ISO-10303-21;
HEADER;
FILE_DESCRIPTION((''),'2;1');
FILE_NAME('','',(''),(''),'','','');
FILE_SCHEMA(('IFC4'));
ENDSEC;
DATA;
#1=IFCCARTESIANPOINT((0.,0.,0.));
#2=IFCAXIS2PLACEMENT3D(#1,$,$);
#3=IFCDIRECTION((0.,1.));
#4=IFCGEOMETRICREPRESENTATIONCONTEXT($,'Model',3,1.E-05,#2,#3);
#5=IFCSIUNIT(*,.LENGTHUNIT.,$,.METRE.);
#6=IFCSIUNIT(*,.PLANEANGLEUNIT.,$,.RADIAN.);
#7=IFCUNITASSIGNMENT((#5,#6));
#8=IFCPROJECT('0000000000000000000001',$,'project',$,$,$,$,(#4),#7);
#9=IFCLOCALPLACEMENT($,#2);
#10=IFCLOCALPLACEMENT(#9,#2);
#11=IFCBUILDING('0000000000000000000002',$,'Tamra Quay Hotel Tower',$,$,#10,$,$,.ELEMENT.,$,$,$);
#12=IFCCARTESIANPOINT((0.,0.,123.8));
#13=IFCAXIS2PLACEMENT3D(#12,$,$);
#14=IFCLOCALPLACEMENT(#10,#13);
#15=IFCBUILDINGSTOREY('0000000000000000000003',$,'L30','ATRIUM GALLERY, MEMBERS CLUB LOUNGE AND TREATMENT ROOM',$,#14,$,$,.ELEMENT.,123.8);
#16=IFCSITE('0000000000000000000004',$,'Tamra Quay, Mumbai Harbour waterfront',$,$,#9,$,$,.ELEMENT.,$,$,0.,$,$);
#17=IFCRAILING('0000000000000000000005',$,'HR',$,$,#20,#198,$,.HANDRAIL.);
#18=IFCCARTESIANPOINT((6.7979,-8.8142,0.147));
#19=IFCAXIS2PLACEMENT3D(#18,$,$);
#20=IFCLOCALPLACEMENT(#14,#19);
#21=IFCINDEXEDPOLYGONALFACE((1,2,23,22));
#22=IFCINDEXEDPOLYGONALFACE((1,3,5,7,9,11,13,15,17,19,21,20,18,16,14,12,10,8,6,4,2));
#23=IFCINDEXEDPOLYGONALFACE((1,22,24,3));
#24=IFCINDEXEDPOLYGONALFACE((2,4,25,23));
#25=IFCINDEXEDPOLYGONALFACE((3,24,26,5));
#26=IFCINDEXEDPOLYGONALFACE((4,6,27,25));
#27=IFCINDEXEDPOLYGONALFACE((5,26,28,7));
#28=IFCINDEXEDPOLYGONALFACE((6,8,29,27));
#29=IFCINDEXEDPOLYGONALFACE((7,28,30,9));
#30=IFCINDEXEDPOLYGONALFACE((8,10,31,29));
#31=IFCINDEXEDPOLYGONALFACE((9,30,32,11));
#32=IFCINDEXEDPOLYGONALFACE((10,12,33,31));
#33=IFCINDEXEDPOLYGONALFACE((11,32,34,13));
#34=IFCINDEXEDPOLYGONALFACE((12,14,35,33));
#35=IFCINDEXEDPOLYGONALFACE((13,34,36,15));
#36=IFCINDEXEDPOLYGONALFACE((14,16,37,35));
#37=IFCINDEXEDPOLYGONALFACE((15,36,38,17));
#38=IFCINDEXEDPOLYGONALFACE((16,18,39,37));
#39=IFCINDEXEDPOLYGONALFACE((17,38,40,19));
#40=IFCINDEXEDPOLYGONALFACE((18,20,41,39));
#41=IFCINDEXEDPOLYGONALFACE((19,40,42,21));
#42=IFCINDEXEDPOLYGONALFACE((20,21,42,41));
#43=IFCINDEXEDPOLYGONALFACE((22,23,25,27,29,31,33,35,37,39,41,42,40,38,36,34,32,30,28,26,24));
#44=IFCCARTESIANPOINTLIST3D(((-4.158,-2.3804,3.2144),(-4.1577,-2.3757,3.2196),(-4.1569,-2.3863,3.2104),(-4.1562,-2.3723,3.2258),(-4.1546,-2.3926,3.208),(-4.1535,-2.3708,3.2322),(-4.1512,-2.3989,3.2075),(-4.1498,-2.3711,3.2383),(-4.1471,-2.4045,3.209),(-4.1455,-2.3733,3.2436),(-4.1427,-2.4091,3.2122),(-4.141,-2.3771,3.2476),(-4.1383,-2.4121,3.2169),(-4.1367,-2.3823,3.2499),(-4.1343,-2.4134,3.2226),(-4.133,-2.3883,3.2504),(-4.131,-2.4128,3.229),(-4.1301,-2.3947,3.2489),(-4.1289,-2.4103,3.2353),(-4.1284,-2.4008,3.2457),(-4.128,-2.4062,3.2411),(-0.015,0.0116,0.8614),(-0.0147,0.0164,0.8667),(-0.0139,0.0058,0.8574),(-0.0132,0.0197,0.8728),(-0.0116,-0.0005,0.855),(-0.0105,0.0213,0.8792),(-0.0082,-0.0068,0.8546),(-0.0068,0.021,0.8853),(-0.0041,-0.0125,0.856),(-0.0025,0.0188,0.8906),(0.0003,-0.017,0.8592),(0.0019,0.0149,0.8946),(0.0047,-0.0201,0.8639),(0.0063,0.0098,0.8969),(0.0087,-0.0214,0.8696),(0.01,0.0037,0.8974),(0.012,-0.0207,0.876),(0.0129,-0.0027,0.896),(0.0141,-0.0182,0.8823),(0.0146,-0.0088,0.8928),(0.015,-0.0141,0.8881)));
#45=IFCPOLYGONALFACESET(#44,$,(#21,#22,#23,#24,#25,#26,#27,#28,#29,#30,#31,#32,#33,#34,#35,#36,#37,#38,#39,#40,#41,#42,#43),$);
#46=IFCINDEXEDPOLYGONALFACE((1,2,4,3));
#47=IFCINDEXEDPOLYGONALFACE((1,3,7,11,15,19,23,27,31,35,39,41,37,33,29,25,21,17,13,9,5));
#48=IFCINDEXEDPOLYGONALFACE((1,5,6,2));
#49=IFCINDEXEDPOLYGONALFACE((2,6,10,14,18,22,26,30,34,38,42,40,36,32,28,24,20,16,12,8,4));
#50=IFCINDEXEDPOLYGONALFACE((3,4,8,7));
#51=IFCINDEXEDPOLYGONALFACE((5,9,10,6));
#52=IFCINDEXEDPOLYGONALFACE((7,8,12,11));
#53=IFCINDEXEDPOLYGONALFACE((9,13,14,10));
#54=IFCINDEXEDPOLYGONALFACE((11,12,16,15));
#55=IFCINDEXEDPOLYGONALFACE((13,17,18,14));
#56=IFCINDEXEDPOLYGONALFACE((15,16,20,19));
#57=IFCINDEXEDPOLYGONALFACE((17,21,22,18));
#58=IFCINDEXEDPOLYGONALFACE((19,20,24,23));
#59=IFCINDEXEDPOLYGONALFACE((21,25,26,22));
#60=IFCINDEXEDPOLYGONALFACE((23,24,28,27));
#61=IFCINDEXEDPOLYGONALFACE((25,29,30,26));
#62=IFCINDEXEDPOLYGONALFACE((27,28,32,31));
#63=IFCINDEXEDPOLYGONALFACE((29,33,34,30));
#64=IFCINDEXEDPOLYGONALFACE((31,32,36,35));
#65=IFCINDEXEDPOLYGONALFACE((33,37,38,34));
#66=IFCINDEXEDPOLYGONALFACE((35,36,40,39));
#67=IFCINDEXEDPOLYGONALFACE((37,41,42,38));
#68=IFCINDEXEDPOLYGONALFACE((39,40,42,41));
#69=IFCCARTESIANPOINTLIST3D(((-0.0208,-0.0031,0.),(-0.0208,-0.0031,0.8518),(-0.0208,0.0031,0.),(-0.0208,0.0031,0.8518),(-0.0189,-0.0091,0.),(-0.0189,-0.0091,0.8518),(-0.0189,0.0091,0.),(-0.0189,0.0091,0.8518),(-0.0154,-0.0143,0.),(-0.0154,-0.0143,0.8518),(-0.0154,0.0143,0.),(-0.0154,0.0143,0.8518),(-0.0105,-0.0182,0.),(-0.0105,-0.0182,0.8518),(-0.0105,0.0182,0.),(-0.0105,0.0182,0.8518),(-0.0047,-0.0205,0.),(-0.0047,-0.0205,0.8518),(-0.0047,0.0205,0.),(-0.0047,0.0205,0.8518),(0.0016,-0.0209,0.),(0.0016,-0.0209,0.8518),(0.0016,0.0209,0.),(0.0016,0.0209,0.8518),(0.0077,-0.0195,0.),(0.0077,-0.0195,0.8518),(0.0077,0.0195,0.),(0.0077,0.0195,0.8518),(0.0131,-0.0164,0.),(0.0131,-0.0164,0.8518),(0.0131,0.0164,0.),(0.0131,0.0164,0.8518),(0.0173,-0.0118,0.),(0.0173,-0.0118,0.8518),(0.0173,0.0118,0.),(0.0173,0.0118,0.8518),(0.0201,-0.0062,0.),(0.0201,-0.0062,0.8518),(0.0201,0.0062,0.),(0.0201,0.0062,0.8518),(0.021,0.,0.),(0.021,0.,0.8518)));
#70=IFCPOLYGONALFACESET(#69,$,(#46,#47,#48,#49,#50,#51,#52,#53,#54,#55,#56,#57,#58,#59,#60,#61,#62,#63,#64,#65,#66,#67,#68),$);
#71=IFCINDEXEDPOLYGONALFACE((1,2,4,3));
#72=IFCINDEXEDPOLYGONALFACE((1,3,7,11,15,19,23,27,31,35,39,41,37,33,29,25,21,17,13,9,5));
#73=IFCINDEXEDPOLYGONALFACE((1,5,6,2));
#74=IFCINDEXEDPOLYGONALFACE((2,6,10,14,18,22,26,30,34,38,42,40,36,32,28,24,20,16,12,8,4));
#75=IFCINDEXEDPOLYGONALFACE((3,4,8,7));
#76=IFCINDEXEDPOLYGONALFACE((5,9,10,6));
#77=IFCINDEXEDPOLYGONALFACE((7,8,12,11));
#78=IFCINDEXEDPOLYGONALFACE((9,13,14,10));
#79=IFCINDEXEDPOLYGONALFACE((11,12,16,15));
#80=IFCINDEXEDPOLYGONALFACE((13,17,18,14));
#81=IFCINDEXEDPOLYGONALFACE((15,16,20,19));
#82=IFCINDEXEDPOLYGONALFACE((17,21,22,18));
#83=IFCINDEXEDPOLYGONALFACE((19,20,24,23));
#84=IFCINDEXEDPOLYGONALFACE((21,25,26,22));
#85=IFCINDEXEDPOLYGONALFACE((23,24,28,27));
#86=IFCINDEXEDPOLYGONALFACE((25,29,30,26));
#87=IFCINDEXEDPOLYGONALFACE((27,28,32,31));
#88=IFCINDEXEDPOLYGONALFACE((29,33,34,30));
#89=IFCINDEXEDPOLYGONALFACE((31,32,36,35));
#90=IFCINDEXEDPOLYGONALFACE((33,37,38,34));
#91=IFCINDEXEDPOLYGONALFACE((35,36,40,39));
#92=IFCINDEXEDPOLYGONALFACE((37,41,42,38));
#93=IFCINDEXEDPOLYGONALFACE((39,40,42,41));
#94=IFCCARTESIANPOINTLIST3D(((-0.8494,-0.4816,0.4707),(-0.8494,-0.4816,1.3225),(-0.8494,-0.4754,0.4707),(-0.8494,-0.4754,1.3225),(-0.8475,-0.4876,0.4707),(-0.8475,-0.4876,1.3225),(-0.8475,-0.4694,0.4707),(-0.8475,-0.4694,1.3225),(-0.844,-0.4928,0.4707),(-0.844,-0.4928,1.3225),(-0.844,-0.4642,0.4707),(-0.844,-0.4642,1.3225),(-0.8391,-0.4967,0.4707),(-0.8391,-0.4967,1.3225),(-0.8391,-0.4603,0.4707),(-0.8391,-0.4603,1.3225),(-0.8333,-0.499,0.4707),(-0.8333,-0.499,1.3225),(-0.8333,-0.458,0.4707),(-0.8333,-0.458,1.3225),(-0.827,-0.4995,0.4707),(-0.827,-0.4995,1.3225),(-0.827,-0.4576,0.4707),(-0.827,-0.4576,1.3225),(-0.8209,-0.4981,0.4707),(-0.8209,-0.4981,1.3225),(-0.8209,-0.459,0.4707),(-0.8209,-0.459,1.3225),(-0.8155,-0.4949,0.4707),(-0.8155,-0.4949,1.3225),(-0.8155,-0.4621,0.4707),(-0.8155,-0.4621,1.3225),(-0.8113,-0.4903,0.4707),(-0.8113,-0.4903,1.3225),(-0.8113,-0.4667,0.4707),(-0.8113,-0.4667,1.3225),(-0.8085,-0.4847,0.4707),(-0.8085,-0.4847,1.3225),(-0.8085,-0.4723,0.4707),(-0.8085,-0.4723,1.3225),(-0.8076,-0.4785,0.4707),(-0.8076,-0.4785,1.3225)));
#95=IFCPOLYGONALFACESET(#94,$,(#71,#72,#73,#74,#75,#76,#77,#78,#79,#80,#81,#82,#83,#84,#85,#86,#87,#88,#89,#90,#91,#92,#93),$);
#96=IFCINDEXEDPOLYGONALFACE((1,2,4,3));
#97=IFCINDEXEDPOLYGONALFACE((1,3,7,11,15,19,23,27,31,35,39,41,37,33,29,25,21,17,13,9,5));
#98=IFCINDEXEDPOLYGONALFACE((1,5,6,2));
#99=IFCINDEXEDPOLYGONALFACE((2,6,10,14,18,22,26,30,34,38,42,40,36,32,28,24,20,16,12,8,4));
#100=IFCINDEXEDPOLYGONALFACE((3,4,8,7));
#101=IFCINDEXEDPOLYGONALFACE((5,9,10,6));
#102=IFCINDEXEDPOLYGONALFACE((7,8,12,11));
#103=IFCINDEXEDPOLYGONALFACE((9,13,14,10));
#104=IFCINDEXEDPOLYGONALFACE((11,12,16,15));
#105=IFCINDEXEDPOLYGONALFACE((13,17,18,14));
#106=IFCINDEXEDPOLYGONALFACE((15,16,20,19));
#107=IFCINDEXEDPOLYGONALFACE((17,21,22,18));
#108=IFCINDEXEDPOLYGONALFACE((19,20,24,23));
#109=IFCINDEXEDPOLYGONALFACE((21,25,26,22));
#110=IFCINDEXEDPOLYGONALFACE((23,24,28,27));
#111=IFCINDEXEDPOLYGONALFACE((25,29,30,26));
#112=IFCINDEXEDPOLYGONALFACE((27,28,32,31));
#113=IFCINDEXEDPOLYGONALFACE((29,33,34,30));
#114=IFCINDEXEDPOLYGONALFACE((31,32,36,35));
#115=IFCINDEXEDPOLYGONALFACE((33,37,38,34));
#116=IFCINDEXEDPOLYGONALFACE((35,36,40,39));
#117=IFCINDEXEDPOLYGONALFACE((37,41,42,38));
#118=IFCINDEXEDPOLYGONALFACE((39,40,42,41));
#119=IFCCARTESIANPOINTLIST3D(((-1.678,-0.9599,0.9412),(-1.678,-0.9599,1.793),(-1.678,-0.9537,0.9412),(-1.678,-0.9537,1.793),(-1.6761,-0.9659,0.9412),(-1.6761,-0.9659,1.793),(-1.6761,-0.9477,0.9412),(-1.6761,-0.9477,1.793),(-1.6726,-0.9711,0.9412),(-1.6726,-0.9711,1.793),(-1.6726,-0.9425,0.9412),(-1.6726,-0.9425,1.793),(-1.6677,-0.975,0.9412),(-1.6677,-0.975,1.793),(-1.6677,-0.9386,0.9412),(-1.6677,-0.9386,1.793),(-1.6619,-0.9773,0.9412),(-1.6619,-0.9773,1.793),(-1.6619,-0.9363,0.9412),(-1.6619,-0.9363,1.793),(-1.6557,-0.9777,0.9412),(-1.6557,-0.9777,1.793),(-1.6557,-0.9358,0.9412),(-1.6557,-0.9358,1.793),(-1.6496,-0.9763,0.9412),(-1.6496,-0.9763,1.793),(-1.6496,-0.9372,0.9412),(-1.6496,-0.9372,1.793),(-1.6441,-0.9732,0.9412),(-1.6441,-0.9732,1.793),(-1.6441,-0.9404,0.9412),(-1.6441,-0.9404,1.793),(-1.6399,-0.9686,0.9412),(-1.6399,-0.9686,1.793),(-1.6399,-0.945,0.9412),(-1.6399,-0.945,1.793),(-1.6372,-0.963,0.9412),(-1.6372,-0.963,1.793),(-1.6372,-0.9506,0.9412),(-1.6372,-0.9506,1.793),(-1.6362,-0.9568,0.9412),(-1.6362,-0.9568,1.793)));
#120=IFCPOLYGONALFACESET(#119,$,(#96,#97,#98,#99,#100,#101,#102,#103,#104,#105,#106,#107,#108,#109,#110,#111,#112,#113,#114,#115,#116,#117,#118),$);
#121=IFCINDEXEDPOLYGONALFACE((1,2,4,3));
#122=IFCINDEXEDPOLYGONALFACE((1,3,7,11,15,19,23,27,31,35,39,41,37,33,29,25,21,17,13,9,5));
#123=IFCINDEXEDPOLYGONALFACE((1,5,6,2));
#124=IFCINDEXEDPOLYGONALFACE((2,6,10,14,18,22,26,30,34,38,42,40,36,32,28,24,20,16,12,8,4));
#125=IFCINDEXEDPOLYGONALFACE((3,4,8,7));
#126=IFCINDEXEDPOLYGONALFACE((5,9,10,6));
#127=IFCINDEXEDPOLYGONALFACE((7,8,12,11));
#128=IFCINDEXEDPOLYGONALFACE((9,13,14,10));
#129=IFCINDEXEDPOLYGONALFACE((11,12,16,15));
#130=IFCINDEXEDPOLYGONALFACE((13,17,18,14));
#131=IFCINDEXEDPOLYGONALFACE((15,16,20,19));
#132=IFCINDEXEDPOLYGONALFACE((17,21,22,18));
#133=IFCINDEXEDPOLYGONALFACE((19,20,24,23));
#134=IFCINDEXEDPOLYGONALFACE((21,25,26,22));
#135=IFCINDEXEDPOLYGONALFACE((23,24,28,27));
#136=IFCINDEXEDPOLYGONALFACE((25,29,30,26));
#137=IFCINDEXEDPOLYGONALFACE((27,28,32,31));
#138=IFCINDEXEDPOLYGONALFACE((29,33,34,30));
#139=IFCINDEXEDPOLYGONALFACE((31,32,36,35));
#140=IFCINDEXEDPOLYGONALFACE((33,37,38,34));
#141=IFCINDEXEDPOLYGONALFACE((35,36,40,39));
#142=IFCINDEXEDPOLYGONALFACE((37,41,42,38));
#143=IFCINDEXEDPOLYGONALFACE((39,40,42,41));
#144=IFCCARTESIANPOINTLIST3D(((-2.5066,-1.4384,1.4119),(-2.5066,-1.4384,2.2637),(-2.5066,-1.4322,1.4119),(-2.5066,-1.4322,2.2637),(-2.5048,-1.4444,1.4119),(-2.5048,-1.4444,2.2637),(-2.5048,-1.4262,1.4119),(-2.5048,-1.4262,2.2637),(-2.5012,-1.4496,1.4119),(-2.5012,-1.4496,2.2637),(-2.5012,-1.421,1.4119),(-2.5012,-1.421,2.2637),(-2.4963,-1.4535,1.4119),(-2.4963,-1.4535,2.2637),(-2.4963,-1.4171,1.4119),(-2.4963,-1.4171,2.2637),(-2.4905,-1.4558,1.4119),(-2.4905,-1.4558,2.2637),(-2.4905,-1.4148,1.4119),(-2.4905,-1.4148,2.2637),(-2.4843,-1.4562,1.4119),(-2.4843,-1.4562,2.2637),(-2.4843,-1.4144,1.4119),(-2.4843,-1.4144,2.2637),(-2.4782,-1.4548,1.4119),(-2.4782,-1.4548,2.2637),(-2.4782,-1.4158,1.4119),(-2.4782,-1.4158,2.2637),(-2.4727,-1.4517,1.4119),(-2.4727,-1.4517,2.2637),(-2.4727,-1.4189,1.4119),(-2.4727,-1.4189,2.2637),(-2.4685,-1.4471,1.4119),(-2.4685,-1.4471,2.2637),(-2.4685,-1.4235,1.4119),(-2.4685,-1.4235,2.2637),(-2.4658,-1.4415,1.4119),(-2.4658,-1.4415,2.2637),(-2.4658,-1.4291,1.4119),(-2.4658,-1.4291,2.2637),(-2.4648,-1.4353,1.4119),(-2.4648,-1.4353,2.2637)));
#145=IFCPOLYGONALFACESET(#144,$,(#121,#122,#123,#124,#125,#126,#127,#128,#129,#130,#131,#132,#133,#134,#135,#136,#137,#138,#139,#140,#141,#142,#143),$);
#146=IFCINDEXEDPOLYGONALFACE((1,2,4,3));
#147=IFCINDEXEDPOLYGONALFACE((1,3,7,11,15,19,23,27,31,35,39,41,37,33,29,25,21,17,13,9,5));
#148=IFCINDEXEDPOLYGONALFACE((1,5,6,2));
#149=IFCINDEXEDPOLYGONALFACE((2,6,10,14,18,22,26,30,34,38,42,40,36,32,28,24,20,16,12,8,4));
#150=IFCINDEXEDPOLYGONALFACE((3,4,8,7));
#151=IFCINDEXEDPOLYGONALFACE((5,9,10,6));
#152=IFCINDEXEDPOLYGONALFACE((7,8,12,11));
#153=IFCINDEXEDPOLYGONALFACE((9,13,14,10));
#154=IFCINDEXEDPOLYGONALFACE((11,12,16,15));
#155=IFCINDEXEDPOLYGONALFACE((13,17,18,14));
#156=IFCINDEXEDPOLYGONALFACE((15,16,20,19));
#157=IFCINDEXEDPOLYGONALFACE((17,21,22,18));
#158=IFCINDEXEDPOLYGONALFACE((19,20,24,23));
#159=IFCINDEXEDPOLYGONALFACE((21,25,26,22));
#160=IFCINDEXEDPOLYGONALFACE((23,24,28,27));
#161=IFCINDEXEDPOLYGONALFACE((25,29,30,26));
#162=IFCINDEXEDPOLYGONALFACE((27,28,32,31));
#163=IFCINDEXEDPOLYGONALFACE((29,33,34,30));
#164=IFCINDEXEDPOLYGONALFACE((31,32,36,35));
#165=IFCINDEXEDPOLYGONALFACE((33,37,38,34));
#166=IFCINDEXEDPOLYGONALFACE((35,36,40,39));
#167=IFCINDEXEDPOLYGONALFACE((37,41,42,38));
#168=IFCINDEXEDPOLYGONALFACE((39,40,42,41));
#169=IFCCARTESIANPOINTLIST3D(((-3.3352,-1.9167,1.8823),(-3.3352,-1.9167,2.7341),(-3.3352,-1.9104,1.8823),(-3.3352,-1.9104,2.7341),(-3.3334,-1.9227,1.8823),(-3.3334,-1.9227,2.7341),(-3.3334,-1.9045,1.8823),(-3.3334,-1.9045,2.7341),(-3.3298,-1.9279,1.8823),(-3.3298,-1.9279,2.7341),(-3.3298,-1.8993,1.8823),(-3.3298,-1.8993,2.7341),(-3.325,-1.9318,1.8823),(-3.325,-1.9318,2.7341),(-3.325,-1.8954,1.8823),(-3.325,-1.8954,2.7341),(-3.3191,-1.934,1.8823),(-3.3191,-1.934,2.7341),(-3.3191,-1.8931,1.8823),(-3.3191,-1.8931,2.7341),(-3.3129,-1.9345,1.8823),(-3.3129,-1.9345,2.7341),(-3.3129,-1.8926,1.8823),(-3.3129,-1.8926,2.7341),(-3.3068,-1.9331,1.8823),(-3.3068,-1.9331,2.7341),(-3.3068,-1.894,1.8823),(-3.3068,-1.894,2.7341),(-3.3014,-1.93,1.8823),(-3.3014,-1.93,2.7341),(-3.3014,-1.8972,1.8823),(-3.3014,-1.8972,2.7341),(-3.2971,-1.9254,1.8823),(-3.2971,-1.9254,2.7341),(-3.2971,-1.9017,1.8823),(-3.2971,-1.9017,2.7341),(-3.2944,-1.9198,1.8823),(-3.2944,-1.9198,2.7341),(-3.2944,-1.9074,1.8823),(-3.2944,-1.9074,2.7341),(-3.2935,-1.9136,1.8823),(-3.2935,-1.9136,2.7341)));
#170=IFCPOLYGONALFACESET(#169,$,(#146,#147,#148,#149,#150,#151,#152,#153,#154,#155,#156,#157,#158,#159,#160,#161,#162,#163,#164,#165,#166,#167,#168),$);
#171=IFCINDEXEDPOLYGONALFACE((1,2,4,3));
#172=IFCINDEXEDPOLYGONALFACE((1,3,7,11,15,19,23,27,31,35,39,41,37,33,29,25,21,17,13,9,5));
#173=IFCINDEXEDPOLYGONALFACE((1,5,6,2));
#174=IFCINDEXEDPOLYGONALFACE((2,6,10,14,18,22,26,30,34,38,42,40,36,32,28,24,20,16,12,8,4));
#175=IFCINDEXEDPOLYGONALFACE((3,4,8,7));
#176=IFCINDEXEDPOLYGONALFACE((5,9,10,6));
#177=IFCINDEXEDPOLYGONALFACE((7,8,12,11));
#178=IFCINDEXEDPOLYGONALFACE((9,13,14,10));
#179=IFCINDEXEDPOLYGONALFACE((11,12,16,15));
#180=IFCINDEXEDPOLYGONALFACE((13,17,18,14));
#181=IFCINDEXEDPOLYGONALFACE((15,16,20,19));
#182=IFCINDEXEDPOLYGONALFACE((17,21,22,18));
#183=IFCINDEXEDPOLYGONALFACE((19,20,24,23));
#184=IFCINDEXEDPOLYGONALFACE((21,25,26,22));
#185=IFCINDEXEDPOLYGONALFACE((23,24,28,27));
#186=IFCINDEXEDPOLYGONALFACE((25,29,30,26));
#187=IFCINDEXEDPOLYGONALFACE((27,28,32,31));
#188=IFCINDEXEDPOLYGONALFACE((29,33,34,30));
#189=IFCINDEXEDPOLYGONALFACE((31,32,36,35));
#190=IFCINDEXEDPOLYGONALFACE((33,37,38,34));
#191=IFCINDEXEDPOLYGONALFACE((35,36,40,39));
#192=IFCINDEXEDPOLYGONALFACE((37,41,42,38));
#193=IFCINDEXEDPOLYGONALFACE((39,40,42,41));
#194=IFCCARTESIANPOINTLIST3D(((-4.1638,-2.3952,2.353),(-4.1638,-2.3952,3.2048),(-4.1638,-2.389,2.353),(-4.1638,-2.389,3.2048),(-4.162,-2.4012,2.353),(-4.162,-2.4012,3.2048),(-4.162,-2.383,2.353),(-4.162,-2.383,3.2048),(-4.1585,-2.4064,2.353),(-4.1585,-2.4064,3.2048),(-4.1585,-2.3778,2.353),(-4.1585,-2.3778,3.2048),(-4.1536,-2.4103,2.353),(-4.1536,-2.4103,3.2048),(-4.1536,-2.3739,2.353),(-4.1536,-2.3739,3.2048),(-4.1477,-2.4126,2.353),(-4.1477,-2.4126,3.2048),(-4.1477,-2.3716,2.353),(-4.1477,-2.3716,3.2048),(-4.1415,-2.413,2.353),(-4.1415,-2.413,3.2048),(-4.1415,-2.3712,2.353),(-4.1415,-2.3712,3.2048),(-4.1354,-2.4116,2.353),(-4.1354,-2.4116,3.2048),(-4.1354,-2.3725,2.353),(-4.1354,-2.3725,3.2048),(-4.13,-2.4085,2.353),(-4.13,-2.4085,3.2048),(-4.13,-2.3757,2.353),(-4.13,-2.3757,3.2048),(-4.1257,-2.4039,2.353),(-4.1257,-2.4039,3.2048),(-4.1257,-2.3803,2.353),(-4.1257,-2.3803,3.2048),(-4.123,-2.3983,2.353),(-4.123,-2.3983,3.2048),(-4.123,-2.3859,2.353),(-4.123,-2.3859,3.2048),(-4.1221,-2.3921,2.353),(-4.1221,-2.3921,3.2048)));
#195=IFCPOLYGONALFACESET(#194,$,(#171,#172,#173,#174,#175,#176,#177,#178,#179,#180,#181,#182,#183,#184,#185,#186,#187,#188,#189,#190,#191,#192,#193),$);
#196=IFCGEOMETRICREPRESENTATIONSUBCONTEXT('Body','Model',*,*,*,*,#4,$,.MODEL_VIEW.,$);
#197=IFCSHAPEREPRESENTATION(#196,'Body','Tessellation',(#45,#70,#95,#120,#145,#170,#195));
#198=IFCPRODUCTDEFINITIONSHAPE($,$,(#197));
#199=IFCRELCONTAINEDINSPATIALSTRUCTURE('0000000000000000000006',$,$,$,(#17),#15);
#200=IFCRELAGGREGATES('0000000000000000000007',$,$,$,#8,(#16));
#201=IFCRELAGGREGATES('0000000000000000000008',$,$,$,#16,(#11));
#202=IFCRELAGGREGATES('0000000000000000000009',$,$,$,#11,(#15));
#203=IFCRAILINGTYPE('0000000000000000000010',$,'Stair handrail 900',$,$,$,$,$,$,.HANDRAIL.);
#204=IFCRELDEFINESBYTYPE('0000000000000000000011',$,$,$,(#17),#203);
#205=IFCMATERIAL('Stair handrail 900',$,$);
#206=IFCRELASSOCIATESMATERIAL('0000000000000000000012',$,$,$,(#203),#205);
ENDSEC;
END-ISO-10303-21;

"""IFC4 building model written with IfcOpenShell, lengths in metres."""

from ifc_helpers import new_model, si_unit, direction, frame, origin, origin_2d, place, context, subcontext, project, spatial, circle, extrude, material, type_object, element, save


model = new_model("IFC4")

# Units and contexts
model_context = context("Model", 3, precision=1e-05, world=origin(), true_north=direction((0.0, 1.0)))
body_context = subcontext(model_context, "Body", "Model", "MODEL_VIEW")
ifc_project = project(units=[si_unit("LENGTHUNIT", "METRE"), si_unit("PLANEANGLEUNIT", "RADIAN")], contexts=[model_context])

# Site, building, storey
site_placement = place(None, origin())
site = spatial("IfcSite", under=ifc_project, at=site_placement, Name="Tamra Quay, Mumbai Harbour waterfront", CompositionType="ELEMENT", RefElevation=0.0)
building_placement = place(site_placement, origin())
building = spatial("IfcBuilding", under=site, at=building_placement, Name="Tamra Quay Hotel Tower", CompositionType="ELEMENT")
storey_placement = place(building_placement, frame((0.0, 0.0, 123.8)))
storey = spatial("IfcBuildingStorey", under=building, at=storey_placement, Name="L30", Description="ATRIUM GALLERY, MEMBERS CLUB LOUNGE AND TREATMENT ROOM", CompositionType="ELEMENT", Elevation=123.8)

# Railing
ifc_material_1 = material(Name="Stair handrail 900")
railing_type = type_object("IfcRailingType", Name="Stair handrail 900", PredefinedType="HANDRAIL", material=ifc_material_1)
railing_placement = place(storey_placement, frame((6.7979, -8.8142, 0.147)))
element("IfcRailing", 1, at=railing_placement, inside=storey, type_object=railing_type, Name="HR", PredefinedType="HANDRAIL", context=body_context, shape_type="SweptSolid", body=[
    extrude(circle(Radius=0.0239, at=origin_2d()), frame((0.0, 0.0, 0.876), z_axis=(-0.777107, -0.448679, 0.441353), x_axis=(0.500014, -0.866017, 0.0)), (0.0, 0.0, 1.0), 5.3313),
    extrude(circle(Radius=0.021, at=origin_2d()), origin(), (0.0, 0.0, 1.0), 0.8518),
    extrude(circle(Radius=0.021, at=origin_2d()), frame((-0.8286, -0.4785, 0.4707)), (0.0, 0.0, 1.0), 0.8518),
    extrude(circle(Radius=0.021, at=origin_2d()), frame((-1.6572, -0.9568, 0.9412)), (0.0, 0.0, 1.0), 0.8518),
    extrude(circle(Radius=0.021, at=origin_2d()), frame((-2.4858, -1.4353, 1.4119)), (0.0, 0.0, 1.0), 0.8518),
    extrude(circle(Radius=0.021, at=origin_2d()), frame((-3.3145, -1.9136, 1.8823)), (0.0, 0.0, 1.0), 0.8518),
    extrude(circle(Radius=0.021, at=origin_2d()), frame((-4.1431, -2.3921, 2.353)), (0.0, 0.0, 1.0), 0.8518),
])

save(model, "model.ifc")
